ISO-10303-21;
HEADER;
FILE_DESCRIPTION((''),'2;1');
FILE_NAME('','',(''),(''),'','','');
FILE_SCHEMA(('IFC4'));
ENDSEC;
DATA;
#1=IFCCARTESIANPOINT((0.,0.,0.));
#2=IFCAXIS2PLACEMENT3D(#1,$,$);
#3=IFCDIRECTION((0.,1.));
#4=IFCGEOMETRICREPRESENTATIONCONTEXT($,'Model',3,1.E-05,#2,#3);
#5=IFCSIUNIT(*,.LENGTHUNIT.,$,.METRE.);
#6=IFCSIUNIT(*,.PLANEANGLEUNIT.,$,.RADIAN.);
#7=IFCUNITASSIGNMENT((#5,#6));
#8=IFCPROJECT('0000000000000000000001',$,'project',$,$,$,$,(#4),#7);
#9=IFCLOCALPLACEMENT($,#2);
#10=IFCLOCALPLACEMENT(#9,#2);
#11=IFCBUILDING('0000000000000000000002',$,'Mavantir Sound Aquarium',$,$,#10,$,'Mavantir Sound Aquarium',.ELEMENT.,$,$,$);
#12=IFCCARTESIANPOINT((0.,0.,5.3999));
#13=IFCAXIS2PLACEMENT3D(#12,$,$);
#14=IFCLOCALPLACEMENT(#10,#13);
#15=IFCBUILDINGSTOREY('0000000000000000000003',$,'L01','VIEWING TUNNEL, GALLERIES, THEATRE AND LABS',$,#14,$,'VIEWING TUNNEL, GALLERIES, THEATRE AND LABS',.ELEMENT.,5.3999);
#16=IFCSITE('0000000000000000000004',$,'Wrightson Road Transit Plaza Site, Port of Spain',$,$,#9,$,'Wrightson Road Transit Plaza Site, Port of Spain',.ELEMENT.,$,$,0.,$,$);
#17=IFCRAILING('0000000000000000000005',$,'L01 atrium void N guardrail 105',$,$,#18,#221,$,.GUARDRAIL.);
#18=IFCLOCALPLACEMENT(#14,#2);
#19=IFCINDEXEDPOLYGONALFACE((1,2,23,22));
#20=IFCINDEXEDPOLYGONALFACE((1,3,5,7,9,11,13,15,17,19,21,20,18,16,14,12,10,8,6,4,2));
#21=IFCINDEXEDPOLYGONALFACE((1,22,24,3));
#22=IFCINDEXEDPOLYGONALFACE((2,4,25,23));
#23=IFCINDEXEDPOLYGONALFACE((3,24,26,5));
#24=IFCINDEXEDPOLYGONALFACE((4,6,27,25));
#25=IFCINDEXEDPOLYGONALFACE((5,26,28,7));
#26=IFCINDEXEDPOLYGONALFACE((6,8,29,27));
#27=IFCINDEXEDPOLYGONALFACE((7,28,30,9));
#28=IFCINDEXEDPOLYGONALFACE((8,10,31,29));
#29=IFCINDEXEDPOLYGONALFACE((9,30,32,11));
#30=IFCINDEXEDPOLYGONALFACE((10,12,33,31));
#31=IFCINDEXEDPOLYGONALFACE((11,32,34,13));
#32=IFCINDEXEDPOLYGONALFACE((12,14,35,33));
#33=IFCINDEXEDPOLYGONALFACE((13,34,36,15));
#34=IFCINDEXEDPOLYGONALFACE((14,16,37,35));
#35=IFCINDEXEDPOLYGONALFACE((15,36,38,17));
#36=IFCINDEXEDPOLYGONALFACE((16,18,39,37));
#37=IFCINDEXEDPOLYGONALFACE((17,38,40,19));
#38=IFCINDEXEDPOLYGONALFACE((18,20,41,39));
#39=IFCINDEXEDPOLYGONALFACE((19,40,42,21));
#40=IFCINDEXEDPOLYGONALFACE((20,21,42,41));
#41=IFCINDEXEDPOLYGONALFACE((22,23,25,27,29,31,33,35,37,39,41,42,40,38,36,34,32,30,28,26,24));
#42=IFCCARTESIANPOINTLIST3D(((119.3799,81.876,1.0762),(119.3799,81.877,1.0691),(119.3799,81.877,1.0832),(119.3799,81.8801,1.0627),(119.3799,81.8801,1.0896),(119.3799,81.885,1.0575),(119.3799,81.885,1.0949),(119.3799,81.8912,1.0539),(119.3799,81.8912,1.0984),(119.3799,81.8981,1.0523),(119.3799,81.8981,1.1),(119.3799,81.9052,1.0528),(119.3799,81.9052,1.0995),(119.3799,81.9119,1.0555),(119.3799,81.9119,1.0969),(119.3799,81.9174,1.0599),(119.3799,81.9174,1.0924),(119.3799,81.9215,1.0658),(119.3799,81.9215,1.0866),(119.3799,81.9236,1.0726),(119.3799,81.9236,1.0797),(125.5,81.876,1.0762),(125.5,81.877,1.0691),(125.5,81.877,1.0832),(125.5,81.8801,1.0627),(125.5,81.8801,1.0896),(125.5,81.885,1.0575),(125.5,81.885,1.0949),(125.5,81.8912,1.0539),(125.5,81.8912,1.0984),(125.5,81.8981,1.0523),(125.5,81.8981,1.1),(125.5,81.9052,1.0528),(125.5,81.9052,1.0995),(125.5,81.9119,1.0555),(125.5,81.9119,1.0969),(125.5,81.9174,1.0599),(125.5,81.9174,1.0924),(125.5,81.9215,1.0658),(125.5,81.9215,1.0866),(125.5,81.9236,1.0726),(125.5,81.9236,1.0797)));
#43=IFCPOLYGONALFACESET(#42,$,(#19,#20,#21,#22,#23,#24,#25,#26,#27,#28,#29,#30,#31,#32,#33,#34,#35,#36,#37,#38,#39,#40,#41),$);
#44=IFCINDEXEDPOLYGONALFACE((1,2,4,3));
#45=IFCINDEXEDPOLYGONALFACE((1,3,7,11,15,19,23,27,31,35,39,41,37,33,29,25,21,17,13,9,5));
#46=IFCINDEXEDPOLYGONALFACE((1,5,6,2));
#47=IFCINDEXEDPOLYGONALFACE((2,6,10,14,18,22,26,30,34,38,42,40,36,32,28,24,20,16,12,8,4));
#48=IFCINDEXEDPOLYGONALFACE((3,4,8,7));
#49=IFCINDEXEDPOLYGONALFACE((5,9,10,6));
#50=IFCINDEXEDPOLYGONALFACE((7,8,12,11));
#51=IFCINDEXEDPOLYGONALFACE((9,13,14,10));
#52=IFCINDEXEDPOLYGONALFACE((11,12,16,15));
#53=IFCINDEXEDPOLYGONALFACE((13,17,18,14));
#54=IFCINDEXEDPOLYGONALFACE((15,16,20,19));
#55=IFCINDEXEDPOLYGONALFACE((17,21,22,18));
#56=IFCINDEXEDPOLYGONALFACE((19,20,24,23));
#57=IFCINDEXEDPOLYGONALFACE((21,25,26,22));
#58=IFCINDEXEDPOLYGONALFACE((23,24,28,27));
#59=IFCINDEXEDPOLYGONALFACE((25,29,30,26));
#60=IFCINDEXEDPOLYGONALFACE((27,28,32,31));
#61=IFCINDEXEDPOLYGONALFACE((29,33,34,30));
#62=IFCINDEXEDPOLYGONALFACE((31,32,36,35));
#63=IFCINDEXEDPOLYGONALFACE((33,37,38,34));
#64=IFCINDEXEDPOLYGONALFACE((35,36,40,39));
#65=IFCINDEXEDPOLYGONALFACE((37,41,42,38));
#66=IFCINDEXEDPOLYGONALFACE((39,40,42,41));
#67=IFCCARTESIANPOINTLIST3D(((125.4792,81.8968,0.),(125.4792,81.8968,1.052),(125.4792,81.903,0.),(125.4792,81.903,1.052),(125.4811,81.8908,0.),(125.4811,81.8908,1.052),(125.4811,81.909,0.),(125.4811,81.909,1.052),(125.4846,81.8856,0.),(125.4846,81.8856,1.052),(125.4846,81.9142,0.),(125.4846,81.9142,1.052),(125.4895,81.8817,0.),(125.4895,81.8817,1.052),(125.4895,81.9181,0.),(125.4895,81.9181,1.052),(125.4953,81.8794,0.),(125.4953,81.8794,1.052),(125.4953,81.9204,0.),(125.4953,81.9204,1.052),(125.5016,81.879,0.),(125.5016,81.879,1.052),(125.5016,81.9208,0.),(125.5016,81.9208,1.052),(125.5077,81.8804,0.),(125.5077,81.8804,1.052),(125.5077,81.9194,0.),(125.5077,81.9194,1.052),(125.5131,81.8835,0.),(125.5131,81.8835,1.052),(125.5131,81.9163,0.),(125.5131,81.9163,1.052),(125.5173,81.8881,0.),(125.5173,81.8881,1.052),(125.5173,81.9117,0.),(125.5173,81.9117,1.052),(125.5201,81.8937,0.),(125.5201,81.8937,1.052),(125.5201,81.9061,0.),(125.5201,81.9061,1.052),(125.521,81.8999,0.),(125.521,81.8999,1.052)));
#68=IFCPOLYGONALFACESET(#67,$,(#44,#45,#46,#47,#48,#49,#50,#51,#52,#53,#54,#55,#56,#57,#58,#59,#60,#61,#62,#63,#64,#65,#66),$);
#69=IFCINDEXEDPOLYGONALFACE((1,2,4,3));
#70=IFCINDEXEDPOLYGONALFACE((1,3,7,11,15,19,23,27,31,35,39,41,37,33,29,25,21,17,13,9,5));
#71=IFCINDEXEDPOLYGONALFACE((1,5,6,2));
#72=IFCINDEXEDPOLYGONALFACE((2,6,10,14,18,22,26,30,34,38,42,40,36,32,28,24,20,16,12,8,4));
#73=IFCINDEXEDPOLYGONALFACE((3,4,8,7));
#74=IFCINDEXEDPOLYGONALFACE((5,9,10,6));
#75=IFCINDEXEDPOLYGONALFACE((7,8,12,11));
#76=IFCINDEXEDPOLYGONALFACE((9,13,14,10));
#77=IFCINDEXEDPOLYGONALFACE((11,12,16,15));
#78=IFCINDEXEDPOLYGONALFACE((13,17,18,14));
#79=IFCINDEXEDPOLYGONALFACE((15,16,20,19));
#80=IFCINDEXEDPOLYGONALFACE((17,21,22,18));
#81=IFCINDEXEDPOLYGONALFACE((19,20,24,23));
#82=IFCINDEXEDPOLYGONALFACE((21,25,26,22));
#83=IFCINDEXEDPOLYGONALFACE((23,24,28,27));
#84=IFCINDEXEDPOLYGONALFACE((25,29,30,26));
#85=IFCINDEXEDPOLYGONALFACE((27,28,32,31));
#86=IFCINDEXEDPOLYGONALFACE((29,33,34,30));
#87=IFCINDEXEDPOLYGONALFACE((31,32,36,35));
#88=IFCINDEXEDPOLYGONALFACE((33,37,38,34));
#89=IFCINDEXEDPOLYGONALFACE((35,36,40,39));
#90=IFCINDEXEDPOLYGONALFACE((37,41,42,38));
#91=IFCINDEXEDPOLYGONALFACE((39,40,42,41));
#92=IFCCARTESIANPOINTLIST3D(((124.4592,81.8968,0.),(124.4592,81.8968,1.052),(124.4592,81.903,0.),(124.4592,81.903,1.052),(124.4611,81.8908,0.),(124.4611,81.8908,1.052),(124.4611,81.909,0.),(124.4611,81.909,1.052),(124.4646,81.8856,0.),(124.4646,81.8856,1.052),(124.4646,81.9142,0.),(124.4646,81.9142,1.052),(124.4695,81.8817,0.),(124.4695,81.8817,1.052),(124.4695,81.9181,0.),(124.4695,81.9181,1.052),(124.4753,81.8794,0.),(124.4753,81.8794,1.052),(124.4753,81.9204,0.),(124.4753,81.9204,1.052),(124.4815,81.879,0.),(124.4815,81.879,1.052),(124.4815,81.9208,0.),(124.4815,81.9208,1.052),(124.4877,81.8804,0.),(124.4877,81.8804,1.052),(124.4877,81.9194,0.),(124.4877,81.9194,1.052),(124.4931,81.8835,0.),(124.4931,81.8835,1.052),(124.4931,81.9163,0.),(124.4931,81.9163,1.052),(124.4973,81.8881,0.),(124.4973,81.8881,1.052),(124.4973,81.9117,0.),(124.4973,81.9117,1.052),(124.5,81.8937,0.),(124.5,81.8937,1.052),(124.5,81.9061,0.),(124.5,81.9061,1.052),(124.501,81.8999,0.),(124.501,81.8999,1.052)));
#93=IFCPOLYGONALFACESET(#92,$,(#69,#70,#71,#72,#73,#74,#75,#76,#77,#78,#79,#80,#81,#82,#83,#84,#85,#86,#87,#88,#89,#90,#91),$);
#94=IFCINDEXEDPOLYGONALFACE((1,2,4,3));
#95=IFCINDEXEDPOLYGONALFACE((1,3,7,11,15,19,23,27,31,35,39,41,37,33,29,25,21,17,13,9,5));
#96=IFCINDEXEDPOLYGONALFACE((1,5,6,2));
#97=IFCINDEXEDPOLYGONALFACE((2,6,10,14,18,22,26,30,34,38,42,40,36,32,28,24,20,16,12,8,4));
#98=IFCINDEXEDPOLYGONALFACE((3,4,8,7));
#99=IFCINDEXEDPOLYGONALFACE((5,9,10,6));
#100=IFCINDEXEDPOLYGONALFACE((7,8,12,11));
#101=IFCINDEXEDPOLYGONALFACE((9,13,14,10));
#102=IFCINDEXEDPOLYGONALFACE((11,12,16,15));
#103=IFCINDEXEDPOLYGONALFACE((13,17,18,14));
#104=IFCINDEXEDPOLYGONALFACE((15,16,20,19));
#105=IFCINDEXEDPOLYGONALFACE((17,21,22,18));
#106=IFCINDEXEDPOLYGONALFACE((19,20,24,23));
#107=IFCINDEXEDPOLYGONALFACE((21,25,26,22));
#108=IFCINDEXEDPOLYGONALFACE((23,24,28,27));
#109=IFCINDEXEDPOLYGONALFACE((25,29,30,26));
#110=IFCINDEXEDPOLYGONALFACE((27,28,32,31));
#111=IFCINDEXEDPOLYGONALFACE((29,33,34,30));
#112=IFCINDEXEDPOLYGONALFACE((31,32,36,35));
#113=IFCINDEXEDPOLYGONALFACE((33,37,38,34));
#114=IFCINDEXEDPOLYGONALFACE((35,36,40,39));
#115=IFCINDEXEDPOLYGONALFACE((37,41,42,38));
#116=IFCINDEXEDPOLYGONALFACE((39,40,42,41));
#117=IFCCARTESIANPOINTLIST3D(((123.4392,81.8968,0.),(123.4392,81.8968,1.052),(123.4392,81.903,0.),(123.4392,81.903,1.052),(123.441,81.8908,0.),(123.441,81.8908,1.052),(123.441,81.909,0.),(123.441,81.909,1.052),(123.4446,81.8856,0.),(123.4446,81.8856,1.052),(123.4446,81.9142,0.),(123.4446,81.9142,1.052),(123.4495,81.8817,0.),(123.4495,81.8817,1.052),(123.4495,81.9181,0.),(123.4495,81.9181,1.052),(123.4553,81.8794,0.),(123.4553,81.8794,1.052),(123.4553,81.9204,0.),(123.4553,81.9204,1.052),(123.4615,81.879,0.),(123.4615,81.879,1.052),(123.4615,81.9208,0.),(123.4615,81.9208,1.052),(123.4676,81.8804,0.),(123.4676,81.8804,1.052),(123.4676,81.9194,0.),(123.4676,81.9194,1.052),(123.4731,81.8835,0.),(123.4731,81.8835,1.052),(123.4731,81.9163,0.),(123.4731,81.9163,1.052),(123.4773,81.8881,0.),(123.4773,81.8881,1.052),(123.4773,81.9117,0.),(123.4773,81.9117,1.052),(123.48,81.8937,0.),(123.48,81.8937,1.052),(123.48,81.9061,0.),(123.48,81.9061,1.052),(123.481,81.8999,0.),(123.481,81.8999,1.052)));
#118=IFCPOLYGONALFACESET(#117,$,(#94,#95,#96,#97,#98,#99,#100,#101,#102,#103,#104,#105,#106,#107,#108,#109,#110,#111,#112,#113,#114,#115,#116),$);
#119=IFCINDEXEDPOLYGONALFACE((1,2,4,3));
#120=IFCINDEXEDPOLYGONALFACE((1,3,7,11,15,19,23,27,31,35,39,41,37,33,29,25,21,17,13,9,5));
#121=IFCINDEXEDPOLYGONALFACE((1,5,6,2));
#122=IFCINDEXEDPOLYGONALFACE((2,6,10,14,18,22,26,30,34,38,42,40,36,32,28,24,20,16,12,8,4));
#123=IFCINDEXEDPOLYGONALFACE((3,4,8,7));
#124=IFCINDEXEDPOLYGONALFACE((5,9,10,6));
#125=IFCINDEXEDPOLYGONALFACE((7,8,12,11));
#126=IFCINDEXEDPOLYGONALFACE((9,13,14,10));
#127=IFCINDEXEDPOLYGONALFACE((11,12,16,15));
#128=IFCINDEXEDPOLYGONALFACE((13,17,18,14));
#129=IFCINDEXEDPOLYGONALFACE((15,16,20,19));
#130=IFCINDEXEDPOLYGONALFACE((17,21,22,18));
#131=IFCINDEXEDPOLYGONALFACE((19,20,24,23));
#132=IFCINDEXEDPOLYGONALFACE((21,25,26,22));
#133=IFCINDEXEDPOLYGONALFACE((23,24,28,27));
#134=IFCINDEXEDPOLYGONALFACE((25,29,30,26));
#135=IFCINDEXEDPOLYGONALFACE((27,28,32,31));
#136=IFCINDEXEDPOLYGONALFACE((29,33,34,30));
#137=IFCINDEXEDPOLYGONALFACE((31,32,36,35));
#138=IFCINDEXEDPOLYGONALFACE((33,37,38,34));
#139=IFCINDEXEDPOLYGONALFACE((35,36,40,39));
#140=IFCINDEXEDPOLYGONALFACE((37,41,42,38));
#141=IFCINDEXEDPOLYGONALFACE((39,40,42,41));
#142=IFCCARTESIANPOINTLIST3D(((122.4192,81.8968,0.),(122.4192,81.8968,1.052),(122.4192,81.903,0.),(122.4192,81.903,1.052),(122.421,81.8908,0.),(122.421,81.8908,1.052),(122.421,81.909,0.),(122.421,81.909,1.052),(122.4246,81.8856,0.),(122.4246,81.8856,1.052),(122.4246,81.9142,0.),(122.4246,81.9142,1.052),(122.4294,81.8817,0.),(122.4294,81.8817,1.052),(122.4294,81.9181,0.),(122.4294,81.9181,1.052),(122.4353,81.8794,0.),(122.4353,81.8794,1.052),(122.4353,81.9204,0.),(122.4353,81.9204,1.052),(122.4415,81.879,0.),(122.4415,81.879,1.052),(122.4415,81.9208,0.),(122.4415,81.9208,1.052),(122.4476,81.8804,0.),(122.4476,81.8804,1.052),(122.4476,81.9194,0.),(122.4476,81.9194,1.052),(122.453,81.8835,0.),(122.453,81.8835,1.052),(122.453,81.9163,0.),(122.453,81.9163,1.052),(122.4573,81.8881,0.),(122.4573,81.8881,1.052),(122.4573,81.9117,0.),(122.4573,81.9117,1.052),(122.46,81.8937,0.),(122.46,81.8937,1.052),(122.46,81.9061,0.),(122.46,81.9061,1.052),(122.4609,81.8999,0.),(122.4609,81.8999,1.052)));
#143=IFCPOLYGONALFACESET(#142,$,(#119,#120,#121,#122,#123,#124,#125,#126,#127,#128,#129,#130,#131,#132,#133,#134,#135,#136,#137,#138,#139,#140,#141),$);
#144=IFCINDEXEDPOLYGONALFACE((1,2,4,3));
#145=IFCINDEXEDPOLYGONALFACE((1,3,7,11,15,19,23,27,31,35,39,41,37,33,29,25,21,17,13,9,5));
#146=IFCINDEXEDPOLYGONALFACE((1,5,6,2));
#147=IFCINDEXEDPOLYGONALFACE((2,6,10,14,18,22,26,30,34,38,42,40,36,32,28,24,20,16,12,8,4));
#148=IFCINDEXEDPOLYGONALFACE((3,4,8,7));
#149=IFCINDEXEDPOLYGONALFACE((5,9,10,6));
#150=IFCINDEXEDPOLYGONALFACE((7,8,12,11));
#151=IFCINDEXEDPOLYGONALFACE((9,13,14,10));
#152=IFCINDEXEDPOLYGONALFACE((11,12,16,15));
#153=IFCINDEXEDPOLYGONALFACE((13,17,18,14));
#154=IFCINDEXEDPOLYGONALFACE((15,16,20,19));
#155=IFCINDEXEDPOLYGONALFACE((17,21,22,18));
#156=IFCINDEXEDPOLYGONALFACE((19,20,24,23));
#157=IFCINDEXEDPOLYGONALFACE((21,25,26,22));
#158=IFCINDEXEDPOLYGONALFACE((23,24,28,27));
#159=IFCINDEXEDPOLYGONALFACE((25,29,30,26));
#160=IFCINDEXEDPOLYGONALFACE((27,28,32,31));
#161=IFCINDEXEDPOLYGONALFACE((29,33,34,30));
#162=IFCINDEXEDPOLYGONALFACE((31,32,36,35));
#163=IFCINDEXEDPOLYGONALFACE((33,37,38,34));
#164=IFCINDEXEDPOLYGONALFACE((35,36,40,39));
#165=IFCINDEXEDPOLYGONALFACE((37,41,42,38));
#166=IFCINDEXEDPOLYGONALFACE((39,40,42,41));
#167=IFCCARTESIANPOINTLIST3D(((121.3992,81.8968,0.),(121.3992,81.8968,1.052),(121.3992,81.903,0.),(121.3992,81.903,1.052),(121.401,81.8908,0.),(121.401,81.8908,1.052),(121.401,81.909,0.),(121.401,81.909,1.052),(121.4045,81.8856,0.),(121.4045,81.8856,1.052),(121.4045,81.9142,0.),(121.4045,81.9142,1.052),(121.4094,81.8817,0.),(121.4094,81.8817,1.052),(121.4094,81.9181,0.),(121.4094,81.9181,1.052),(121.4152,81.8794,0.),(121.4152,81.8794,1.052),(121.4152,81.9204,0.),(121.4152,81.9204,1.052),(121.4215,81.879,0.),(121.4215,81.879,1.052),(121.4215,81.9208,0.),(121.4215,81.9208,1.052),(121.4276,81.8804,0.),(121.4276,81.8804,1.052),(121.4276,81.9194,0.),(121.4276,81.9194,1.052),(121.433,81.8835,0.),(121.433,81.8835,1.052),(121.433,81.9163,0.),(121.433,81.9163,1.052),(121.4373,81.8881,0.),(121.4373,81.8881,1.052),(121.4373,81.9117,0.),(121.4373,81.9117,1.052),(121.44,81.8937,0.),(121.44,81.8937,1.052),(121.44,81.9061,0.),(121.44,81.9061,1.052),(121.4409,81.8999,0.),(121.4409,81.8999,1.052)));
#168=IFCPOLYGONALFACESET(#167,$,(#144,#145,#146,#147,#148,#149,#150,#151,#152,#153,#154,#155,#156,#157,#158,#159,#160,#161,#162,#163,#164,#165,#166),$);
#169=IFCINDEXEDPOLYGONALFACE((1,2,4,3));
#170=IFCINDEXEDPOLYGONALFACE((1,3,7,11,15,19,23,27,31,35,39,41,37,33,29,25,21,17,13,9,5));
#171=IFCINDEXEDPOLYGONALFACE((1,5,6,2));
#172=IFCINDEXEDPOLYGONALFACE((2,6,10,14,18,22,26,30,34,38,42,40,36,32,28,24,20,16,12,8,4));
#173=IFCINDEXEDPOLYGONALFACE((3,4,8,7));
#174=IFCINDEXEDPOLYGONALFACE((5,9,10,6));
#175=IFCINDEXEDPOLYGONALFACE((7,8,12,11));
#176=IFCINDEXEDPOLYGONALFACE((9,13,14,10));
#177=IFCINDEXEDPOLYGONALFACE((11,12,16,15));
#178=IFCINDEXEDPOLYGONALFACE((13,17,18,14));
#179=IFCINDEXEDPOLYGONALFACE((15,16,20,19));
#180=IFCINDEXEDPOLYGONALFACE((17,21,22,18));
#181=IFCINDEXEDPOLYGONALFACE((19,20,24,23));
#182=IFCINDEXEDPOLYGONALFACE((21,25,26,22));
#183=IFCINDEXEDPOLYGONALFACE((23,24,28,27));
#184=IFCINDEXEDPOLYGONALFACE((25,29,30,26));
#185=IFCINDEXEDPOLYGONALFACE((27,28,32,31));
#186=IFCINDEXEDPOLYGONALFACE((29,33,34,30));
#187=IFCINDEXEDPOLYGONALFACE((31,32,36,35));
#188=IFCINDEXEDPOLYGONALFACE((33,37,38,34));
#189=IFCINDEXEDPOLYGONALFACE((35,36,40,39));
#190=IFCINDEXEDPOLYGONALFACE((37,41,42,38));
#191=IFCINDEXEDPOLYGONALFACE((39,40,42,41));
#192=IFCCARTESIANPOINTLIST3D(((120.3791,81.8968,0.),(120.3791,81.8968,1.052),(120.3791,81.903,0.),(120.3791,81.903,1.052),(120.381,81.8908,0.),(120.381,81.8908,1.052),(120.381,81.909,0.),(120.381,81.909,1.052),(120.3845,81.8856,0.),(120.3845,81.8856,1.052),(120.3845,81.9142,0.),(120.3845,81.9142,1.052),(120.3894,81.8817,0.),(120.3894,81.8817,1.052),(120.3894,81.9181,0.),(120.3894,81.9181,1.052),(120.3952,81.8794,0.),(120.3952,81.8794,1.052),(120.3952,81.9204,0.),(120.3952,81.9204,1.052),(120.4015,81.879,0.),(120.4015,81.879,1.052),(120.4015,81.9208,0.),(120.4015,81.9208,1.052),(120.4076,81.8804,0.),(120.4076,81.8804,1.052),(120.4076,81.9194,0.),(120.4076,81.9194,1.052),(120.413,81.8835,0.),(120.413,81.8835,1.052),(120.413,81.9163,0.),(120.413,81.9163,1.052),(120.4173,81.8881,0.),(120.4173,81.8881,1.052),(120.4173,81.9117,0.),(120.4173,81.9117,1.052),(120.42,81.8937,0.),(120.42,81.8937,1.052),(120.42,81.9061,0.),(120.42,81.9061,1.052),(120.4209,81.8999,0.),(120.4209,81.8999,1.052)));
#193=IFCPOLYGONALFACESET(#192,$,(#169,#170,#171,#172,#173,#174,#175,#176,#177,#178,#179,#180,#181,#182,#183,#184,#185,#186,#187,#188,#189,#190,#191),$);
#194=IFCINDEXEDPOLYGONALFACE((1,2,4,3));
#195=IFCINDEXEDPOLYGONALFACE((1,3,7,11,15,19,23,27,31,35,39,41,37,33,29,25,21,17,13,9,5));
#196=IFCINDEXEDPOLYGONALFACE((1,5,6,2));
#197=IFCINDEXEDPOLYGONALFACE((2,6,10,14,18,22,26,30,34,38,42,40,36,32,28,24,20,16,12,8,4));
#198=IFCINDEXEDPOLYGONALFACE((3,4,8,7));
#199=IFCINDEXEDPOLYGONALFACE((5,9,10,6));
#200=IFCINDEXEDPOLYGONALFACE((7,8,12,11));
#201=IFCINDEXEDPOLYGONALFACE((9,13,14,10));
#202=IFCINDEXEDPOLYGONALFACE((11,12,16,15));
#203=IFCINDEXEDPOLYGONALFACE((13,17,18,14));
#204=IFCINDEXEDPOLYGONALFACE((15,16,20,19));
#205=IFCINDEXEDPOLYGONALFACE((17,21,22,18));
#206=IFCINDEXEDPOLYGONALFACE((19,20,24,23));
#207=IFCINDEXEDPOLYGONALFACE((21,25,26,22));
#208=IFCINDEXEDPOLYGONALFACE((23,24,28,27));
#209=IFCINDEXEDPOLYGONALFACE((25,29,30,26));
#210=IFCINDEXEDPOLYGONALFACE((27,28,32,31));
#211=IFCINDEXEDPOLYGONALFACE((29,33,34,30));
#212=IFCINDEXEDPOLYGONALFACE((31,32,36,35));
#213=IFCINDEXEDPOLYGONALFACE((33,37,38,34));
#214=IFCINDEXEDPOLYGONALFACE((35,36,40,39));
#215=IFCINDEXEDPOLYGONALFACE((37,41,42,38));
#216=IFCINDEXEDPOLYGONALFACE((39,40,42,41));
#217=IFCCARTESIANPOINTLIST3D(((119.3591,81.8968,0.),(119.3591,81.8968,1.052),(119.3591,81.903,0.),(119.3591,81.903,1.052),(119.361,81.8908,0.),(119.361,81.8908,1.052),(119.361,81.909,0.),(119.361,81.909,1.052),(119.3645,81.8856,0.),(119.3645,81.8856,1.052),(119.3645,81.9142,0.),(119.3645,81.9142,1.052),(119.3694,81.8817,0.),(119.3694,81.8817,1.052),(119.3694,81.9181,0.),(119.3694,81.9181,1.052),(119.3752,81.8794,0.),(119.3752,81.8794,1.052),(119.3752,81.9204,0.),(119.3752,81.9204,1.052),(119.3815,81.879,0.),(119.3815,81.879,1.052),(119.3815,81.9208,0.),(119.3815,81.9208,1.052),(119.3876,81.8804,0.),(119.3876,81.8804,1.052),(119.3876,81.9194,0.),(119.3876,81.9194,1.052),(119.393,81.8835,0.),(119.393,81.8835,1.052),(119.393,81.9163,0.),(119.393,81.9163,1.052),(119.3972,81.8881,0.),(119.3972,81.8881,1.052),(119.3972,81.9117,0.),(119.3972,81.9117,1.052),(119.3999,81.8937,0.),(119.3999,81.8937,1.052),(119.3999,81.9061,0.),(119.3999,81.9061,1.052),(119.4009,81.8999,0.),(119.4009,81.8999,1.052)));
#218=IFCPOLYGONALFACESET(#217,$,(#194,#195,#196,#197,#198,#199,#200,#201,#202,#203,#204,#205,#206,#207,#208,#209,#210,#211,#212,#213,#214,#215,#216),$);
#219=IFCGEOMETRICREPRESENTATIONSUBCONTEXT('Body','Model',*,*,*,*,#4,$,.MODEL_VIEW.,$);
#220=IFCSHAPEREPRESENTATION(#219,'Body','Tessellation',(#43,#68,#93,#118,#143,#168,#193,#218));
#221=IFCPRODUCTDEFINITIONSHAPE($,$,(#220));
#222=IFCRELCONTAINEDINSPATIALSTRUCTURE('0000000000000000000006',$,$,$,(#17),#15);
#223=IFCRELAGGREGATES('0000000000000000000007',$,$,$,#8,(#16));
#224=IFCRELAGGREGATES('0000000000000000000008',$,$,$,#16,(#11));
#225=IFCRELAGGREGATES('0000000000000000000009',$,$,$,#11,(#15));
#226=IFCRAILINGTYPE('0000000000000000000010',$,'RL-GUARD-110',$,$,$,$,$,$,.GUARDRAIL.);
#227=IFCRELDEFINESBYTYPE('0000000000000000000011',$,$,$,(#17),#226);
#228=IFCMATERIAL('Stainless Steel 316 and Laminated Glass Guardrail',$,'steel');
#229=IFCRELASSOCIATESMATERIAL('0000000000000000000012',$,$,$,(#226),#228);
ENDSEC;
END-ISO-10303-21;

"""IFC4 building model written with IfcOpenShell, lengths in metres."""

from ifc_helpers import new_model, si_unit, direction, frame, origin, origin_2d, place, context, subcontext, project, spatial, circle, extrude, material, type_object, element, save


model = new_model("IFC4")

# Units and contexts
model_context = context("Model", 3, precision=1e-05, world=origin(), true_north=direction((0.0, 1.0)))
body_context = subcontext(model_context, "Body", "Model", "MODEL_VIEW")
ifc_project = project(units=[si_unit("LENGTHUNIT", "METRE"), si_unit("PLANEANGLEUNIT", "RADIAN")], contexts=[model_context])

# Site, building, storey
site_placement = place(None, origin())
site = spatial("IfcSite", under=ifc_project, at=site_placement, Name="Wrightson Road Transit Plaza Site, Port of Spain", LongName="Wrightson Road Transit Plaza Site, Port of Spain", CompositionType="ELEMENT", RefElevation=0.0)
building_placement = place(site_placement, origin())
building = spatial("IfcBuilding", under=site, at=building_placement, Name="Mavantir Sound Aquarium", LongName="Mavantir Sound Aquarium", CompositionType="ELEMENT")
storey_placement = place(building_placement, frame((0.0, 0.0, 5.3999)))
storey = spatial("IfcBuildingStorey", under=building, at=storey_placement, Name="L01", Description="VIEWING TUNNEL, GALLERIES, THEATRE AND LABS", LongName="VIEWING TUNNEL, GALLERIES, THEATRE AND LABS", CompositionType="ELEMENT", Elevation=5.3999)

# Railing
ifc_material_1 = material(Name="Stainless Steel 316 and Laminated Glass Guardrail", Category="steel")
railing_type = type_object("IfcRailingType", Name="RL-GUARD-110", PredefinedType="GUARDRAIL", material=ifc_material_1)
railing_placement = place(storey_placement, frame((125.5, 81.8999, 0.0)))
element("IfcRailing", 1, at=railing_placement, inside=storey, type_object=railing_type, Name="L01 atrium void N guardrail 105", PredefinedType="GUARDRAIL", context=body_context, shape_type="SweptSolid", body=[
    extrude(circle(Radius=0.0239, at=origin_2d()), frame((0.0, 0.0, 1.0762), z_axis=(-1.0, 0.0, 0.0), x_axis=(0.0, -1.0, 0.0)), (0.0, 0.0, 1.0), 6.1201),
    extrude(circle(Radius=0.021, at=origin_2d()), origin(), (0.0, 0.0, 1.0), 1.052),
    extrude(circle(Radius=0.021, at=origin_2d()), frame((-1.02, 0.0, 0.0)), (0.0, 0.0, 1.0), 1.052),
    extrude(circle(Radius=0.021, at=origin_2d()), frame((-2.04, 0.0, 0.0)), (0.0, 0.0, 1.0), 1.052),
    extrude(circle(Radius=0.021, at=origin_2d()), frame((-3.0601, 0.0, 0.0)), (0.0, 0.0, 1.0), 1.052),
    extrude(circle(Radius=0.021, at=origin_2d()), frame((-4.0801, 0.0, 0.0)), (0.0, 0.0, 1.0), 1.052),
    extrude(circle(Radius=0.021, at=origin_2d()), frame((-5.1001, 0.0, 0.0)), (0.0, 0.0, 1.0), 1.052),
    extrude(circle(Radius=0.021, at=origin_2d()), frame((-6.1201, 0.0, 0.0)), (0.0, 0.0, 1.0), 1.052),
])

save(model, "model.ifc")
